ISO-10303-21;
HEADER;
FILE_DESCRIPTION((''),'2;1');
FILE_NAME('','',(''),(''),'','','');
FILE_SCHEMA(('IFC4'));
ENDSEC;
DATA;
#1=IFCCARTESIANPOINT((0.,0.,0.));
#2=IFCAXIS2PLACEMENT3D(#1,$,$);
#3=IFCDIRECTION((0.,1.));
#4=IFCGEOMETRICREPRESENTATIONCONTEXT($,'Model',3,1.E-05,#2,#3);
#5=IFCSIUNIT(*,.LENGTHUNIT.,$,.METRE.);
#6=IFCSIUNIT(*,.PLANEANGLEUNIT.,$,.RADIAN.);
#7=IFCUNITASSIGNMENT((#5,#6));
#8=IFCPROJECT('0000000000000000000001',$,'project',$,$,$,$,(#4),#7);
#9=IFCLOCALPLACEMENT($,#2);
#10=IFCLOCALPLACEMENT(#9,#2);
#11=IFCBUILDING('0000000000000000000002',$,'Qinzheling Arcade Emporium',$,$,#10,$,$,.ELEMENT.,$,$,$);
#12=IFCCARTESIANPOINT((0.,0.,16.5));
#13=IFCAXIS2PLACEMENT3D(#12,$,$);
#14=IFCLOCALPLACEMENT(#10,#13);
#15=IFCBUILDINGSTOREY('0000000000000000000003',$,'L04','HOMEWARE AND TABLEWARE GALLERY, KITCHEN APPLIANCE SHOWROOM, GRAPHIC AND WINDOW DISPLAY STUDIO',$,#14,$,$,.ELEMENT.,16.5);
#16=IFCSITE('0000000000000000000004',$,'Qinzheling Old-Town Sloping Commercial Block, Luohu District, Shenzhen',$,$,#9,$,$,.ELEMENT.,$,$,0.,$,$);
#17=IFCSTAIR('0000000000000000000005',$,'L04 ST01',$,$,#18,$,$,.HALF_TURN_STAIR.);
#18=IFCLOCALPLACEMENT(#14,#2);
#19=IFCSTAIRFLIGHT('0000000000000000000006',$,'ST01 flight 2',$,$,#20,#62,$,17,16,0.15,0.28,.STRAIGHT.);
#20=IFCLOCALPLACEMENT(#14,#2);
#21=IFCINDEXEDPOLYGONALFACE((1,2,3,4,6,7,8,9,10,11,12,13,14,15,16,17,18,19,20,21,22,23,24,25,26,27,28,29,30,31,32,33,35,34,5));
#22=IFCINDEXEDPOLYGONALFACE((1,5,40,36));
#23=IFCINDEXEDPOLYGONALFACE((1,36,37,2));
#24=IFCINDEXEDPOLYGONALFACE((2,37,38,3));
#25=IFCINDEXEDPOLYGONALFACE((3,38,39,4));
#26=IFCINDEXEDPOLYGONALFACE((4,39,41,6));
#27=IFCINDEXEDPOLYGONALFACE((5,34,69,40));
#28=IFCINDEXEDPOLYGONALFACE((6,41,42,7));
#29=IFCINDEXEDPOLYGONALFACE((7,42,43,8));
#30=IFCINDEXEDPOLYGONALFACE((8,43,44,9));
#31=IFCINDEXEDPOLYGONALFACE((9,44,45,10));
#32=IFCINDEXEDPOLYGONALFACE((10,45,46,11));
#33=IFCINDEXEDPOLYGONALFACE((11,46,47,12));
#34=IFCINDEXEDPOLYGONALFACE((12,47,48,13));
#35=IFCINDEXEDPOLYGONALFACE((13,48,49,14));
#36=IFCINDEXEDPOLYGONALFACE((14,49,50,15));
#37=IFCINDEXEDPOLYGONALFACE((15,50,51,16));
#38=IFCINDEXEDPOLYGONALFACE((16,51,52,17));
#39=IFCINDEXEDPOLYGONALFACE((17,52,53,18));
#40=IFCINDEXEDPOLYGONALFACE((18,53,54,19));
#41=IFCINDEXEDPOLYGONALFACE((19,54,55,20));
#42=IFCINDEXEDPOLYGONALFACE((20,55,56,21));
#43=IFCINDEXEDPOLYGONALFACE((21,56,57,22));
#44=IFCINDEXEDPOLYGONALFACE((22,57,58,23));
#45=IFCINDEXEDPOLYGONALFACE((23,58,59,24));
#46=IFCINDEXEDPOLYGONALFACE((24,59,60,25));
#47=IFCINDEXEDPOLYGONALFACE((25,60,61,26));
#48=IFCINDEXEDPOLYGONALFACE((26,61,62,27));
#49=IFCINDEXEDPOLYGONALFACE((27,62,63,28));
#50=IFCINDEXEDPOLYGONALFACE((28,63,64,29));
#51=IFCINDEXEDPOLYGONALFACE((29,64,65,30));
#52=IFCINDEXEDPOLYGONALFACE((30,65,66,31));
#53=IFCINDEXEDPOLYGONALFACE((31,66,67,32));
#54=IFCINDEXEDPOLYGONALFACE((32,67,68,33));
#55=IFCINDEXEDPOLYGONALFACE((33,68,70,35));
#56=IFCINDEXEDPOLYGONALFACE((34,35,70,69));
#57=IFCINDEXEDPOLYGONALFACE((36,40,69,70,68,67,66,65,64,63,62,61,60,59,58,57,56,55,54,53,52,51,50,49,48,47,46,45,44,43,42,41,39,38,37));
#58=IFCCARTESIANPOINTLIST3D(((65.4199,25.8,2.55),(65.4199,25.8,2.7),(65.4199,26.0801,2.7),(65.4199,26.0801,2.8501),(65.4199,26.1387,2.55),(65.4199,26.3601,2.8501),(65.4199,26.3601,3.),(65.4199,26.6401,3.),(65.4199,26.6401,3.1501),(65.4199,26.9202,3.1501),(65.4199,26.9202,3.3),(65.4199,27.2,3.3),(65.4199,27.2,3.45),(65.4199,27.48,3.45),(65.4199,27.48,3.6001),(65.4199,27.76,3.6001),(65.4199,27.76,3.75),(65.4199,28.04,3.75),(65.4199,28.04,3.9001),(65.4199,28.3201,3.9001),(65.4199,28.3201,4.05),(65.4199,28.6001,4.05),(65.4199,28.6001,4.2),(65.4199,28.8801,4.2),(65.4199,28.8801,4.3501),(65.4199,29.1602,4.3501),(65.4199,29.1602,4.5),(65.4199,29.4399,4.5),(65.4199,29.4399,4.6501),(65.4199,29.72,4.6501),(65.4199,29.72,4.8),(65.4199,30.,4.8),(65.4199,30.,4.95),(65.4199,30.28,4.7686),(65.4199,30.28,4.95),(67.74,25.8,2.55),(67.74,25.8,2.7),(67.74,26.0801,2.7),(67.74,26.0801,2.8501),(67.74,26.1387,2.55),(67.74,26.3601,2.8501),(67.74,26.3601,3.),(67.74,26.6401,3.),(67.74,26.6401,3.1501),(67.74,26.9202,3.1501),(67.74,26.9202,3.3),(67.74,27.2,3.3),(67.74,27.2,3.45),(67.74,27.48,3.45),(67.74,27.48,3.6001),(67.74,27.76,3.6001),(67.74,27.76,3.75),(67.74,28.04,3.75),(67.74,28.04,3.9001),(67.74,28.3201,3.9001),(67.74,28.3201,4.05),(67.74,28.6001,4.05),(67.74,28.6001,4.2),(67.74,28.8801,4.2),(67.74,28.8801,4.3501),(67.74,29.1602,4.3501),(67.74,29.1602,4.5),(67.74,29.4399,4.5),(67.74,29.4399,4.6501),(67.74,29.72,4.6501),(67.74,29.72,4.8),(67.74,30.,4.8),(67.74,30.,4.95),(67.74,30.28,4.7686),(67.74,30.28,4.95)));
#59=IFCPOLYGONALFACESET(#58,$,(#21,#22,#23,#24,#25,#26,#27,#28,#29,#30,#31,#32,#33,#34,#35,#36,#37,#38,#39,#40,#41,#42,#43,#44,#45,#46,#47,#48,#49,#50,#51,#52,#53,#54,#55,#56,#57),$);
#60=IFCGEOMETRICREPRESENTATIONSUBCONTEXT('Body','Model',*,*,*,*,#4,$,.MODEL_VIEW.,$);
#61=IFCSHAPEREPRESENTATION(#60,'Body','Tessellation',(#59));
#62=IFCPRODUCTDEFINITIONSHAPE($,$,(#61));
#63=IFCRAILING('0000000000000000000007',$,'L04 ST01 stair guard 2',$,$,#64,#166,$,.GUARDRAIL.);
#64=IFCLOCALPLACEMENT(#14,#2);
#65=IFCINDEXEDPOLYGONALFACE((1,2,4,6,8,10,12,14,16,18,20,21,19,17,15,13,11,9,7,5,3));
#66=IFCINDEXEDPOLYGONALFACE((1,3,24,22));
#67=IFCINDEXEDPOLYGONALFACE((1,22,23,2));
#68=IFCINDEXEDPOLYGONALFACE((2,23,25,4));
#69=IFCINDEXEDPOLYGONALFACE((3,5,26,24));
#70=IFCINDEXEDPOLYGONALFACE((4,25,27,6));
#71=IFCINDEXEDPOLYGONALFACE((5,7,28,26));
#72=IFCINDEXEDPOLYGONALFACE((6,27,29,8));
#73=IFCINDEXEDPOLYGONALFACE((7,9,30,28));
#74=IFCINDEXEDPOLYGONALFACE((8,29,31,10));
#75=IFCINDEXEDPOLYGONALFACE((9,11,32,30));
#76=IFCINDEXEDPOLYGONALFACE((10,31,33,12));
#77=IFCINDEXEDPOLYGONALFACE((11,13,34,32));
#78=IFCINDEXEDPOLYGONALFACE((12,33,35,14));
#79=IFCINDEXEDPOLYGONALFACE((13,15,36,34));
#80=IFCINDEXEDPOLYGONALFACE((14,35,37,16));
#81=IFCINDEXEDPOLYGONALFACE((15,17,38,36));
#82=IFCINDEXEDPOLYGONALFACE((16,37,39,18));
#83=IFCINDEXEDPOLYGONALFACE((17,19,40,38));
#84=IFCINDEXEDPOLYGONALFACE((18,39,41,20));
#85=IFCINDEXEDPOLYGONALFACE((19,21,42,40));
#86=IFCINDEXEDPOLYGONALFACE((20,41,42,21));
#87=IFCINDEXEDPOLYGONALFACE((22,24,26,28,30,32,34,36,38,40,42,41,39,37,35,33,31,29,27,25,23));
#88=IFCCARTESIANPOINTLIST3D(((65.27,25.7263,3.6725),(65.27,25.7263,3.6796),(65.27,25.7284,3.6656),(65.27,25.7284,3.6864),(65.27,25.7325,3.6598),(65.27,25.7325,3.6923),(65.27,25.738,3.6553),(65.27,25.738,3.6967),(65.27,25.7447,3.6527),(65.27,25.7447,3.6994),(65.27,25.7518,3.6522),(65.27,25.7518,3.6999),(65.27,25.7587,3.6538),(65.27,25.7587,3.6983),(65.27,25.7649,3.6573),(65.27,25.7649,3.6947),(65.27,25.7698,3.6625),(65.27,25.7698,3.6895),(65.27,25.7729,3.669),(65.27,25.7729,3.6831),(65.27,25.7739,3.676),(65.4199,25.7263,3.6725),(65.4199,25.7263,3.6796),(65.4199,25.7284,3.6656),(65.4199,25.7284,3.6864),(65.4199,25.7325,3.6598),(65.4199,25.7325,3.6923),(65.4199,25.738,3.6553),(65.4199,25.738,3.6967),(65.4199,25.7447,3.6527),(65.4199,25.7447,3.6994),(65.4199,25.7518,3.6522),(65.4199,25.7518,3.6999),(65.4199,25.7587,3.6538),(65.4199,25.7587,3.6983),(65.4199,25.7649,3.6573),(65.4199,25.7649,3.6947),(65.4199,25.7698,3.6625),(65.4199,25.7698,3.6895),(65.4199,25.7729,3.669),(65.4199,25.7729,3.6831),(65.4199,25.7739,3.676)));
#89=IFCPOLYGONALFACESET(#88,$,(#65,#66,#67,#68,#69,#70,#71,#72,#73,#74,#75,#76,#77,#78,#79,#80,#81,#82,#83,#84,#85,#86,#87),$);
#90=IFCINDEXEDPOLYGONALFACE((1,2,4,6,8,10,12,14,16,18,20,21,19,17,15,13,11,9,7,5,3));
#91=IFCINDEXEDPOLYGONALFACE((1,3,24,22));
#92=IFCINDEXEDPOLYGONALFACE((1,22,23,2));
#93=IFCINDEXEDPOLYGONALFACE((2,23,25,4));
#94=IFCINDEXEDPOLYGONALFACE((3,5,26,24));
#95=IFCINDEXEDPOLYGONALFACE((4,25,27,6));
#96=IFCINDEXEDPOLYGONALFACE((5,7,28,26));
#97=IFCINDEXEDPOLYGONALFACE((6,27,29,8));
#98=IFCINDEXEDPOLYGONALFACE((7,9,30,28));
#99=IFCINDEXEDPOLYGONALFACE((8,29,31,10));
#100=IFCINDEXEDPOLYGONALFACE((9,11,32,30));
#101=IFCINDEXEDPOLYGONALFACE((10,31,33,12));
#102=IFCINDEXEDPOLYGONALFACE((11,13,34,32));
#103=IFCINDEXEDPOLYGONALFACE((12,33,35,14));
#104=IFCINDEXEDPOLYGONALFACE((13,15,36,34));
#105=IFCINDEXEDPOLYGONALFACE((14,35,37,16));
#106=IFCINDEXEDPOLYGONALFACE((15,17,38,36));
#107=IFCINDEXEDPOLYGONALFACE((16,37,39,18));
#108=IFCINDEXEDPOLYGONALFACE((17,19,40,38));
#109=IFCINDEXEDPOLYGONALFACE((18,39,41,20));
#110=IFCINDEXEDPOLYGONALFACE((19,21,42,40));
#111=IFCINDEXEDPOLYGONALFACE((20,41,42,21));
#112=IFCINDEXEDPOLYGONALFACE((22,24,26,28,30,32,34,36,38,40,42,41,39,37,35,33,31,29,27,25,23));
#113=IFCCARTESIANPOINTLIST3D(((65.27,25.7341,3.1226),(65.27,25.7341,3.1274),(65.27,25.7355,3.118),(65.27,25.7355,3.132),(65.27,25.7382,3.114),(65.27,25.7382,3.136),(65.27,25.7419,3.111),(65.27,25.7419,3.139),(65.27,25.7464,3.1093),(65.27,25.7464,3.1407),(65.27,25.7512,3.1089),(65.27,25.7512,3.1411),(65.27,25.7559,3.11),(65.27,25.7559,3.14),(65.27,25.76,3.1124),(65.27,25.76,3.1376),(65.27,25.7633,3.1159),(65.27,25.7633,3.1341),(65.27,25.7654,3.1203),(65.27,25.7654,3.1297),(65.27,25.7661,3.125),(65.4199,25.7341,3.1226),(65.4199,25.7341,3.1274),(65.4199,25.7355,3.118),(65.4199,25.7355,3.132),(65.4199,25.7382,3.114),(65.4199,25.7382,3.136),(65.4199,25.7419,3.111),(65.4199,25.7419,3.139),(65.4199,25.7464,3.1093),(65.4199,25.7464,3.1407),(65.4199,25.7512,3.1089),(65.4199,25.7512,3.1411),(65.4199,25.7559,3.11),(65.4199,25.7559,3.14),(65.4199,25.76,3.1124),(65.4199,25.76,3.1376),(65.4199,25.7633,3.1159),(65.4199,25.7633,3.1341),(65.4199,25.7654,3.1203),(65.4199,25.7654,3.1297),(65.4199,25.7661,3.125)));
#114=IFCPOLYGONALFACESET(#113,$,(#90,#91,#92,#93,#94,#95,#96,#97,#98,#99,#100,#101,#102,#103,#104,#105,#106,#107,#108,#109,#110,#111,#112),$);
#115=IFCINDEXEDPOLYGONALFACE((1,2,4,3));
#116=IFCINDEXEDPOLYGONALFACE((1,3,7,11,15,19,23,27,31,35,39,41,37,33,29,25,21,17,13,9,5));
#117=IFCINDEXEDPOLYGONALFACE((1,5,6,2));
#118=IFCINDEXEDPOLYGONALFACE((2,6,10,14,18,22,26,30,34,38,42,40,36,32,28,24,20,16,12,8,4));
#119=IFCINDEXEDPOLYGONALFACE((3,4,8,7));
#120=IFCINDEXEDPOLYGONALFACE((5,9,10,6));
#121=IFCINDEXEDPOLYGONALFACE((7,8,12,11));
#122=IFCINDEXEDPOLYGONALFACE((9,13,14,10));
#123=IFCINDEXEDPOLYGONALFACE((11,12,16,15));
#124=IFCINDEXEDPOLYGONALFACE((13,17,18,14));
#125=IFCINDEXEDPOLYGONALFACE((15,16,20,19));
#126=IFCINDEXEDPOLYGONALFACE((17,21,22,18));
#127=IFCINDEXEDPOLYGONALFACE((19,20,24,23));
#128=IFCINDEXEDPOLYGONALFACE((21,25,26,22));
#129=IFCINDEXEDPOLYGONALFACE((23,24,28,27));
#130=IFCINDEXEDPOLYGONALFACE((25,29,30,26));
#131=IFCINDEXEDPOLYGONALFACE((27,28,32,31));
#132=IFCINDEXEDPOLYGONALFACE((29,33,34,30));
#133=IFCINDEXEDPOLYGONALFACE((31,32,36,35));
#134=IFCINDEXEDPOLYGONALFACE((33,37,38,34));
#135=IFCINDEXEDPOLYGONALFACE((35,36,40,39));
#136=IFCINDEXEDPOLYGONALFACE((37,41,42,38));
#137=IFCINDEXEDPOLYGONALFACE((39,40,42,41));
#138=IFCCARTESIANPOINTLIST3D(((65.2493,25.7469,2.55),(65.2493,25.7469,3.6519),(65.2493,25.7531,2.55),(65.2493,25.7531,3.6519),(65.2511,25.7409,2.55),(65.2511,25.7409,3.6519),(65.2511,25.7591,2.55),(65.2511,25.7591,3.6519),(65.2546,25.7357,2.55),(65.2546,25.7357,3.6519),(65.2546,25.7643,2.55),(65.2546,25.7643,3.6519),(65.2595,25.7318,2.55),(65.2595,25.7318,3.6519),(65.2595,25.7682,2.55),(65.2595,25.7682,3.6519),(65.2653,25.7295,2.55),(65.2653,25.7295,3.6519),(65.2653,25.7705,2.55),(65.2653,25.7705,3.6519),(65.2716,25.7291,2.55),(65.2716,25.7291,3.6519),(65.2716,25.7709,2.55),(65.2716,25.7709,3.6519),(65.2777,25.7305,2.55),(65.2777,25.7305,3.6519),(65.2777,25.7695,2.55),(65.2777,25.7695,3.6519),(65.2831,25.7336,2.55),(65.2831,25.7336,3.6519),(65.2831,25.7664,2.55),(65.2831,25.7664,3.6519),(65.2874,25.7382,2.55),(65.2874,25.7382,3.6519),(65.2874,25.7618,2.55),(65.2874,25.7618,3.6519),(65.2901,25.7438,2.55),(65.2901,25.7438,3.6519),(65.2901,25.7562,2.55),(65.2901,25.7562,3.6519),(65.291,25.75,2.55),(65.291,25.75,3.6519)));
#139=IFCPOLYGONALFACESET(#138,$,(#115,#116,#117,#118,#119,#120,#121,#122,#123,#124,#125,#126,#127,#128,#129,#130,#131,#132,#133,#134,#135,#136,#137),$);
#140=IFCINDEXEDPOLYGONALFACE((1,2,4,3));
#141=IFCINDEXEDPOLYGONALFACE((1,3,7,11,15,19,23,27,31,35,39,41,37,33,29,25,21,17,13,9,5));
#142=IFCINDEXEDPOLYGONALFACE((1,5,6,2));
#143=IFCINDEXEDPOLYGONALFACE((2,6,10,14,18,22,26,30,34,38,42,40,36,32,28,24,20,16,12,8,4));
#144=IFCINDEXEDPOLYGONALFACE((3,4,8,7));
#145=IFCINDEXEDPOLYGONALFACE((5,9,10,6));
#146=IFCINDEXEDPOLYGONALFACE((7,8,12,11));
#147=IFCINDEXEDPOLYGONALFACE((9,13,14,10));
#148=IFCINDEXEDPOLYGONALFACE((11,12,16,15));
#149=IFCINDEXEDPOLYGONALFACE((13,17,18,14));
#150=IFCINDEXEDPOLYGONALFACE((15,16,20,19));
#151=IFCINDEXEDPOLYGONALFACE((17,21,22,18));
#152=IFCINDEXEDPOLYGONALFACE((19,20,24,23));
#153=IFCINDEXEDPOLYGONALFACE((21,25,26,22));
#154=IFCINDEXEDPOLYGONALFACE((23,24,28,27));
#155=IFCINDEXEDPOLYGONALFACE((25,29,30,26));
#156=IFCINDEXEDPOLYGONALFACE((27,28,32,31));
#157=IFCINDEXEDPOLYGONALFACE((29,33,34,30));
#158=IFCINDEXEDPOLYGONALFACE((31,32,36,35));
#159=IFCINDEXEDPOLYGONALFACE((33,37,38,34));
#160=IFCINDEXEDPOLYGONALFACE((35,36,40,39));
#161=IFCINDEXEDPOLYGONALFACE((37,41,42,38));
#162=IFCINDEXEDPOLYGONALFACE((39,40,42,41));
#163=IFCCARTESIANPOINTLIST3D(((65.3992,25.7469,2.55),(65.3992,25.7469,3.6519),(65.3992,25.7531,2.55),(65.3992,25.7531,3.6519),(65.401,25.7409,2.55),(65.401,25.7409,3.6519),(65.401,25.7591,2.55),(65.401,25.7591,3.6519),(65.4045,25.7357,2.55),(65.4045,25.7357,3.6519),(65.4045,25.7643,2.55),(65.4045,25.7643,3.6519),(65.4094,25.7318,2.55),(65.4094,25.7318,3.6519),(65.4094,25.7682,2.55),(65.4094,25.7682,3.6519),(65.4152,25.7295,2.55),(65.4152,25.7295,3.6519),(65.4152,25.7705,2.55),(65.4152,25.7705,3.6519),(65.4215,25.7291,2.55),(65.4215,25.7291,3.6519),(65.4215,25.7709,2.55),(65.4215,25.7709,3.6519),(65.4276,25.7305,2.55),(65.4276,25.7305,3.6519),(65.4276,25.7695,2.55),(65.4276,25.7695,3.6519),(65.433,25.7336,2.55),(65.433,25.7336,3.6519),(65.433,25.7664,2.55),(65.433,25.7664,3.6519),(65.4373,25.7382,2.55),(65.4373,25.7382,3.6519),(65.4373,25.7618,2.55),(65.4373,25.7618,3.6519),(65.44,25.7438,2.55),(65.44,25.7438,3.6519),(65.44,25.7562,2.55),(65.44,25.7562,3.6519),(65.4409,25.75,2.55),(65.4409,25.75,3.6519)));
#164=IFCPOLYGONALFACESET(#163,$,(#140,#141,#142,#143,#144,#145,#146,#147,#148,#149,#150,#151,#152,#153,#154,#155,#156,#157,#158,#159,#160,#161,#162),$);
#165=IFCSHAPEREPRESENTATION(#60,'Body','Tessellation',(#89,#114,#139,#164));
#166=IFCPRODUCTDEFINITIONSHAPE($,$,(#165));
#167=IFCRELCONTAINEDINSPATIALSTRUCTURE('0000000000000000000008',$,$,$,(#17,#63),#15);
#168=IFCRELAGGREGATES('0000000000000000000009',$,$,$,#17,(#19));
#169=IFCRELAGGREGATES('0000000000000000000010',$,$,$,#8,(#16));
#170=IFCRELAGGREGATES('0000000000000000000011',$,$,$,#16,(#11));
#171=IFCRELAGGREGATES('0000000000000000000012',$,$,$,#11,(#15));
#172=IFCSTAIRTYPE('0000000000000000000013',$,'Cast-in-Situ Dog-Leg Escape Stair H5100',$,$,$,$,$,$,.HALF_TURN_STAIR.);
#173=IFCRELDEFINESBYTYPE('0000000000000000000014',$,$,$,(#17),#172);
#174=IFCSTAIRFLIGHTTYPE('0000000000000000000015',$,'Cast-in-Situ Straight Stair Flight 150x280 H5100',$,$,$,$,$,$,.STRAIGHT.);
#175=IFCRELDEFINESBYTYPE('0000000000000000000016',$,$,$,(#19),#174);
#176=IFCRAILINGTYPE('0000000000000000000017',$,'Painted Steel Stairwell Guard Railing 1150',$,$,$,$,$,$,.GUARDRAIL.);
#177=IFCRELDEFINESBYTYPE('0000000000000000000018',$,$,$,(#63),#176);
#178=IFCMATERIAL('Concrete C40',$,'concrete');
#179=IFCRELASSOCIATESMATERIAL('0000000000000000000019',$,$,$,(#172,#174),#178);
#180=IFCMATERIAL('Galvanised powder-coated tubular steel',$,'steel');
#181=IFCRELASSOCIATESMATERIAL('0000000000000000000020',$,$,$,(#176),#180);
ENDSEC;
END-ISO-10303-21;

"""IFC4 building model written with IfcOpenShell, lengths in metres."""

from ifc_helpers import new_model, si_unit, direction, frame, origin, origin_2d, place, context, subcontext, project, spatial, polyline, circle, outline, extrude, material, type_object, element, aggregate, save


model = new_model("IFC4")

# Units and contexts
model_context = context("Model", 3, precision=1e-05, world=origin(), true_north=direction((0.0, 1.0)))
body_context = subcontext(model_context, "Body", "Model", "MODEL_VIEW")
ifc_project = project(units=[si_unit("LENGTHUNIT", "METRE"), si_unit("PLANEANGLEUNIT", "RADIAN")], contexts=[model_context])

# Site, building, storey
site_placement = place(None, origin())
site = spatial("IfcSite", under=ifc_project, at=site_placement, Name="Qinzheling Old-Town Sloping Commercial Block, Luohu District, Shenzhen", CompositionType="ELEMENT", RefElevation=0.0)
building_placement = place(site_placement, origin())
building = spatial("IfcBuilding", under=site, at=building_placement, Name="Qinzheling Arcade Emporium", CompositionType="ELEMENT")
storey_placement = place(building_placement, frame((0.0, 0.0, 16.5)))
storey = spatial("IfcBuildingStorey", under=building, at=storey_placement, Name="L04", Description="HOMEWARE AND TABLEWARE GALLERY, KITCHEN APPLIANCE SHOWROOM, GRAPHIC AND WINDOW DISPLAY STUDIO", CompositionType="ELEMENT", Elevation=16.5)

# Stair, stair flight
ifc_material_1 = material(Name="Concrete C40", Category="concrete")
stair_type = type_object("IfcStairType", Name="Cast-in-Situ Dog-Leg Escape Stair H5100", PredefinedType="HALF_TURN_STAIR", material=ifc_material_1)
stair_placement = place(storey_placement, origin())
stair = element("IfcStair", 1, at=stair_placement, inside=storey, type_object=stair_type, Name="L04 ST01", PredefinedType="HALF_TURN_STAIR")
stair_flight_type = type_object("IfcStairFlightType", Name="Cast-in-Situ Straight Stair Flight 150x280 H5100", PredefinedType="STRAIGHT", material=ifc_material_1)
stair_flight_placement = place(storey_placement, frame((66.5801, 25.8, 2.55), z_axis=(0.0, 0.0, 1.0), x_axis=(0.0, 1.0, 0.0)))
stair_flight = element("IfcStairFlight", 2, at=stair_flight_placement, type_object=stair_flight_type, Name="ST01 flight 2", NumberOfRisers=17, NumberOfTreads=16, PredefinedType="STRAIGHT", RiserHeight=0.15, TreadLength=0.28, context=body_context, shape_type="SweptSolid", body=[
    extrude(outline(polyline([(0.0, 0.0), (0.0, 0.1499), (0.28, 0.1499), (0.28, 0.3), (0.5601, 0.3), (0.5601, 0.45), (0.8401, 0.45), (0.8401, 0.6001), (1.1201, 0.6001), (1.1201, 0.75), (1.3999, 0.75), (1.3999, 0.8999), (1.6799, 0.8999), (1.6799, 1.05), (1.96, 1.05), (1.96, 1.2), (2.24, 1.2), (2.24, 1.3501), (2.52, 1.3501), (2.52, 1.5), (2.8, 1.5), (2.8, 1.6499), (3.0801, 1.6499), (3.0801, 1.8), (3.3601, 1.8), (3.3601, 1.95), (3.6399, 1.95), (3.6399, 2.1001), (3.9199, 2.1001), (3.9199, 2.25), (4.2, 2.25), (4.2, 2.3999), (4.48, 2.3999), (4.48, 2.55), (4.48, 2.2185), (0.3386, 0.0), (0.0, 0.0)])), frame((0.0, 1.1602, 0.0), z_axis=(0.0, -1.0, 0.0), x_axis=(1.0, 0.0, 0.0)), (0.0, 0.0, 1.0), 2.3201),
])
aggregate(stair, [stair_flight])

# Railing
ifc_material_2 = material(Name="Galvanised powder-coated tubular steel", Category="steel")
railing_type_1 = type_object("IfcRailingType", Name="Painted Steel Stairwell Guard Railing 1150", PredefinedType="GUARDRAIL", material=ifc_material_2)
railing_1_placement = place(storey_placement, frame((65.27, 25.75, 2.55)))
element("IfcRailing", 3, at=railing_1_placement, inside=storey, type_object=railing_type_1, Name="L04 ST01 stair guard 2", PredefinedType="GUARDRAIL", context=body_context, shape_type="SweptSolid", body=[
    extrude(circle(Radius=0.0239, at=origin_2d()), frame((0.0, 0.0, 1.126), z_axis=(1.0, 0.0, 0.0), x_axis=(0.0, 1.0, 0.0)), (0.0, 0.0, 1.0), 0.1499),
    extrude(circle(Radius=0.0161, at=origin_2d()), frame((0.0, 0.0, 0.575), z_axis=(1.0, 0.0, 0.0), x_axis=(0.0, 1.0, 0.0)), (0.0, 0.0, 1.0), 0.1499),
    extrude(circle(Radius=0.021, at=origin_2d()), origin(), (0.0, 0.0, 1.0), 1.1018),
    extrude(circle(Radius=0.021, at=origin_2d()), frame((0.1499, 0.0, 0.0)), (0.0, 0.0, 1.0), 1.1018),
])

save(model, "model.ifc")
